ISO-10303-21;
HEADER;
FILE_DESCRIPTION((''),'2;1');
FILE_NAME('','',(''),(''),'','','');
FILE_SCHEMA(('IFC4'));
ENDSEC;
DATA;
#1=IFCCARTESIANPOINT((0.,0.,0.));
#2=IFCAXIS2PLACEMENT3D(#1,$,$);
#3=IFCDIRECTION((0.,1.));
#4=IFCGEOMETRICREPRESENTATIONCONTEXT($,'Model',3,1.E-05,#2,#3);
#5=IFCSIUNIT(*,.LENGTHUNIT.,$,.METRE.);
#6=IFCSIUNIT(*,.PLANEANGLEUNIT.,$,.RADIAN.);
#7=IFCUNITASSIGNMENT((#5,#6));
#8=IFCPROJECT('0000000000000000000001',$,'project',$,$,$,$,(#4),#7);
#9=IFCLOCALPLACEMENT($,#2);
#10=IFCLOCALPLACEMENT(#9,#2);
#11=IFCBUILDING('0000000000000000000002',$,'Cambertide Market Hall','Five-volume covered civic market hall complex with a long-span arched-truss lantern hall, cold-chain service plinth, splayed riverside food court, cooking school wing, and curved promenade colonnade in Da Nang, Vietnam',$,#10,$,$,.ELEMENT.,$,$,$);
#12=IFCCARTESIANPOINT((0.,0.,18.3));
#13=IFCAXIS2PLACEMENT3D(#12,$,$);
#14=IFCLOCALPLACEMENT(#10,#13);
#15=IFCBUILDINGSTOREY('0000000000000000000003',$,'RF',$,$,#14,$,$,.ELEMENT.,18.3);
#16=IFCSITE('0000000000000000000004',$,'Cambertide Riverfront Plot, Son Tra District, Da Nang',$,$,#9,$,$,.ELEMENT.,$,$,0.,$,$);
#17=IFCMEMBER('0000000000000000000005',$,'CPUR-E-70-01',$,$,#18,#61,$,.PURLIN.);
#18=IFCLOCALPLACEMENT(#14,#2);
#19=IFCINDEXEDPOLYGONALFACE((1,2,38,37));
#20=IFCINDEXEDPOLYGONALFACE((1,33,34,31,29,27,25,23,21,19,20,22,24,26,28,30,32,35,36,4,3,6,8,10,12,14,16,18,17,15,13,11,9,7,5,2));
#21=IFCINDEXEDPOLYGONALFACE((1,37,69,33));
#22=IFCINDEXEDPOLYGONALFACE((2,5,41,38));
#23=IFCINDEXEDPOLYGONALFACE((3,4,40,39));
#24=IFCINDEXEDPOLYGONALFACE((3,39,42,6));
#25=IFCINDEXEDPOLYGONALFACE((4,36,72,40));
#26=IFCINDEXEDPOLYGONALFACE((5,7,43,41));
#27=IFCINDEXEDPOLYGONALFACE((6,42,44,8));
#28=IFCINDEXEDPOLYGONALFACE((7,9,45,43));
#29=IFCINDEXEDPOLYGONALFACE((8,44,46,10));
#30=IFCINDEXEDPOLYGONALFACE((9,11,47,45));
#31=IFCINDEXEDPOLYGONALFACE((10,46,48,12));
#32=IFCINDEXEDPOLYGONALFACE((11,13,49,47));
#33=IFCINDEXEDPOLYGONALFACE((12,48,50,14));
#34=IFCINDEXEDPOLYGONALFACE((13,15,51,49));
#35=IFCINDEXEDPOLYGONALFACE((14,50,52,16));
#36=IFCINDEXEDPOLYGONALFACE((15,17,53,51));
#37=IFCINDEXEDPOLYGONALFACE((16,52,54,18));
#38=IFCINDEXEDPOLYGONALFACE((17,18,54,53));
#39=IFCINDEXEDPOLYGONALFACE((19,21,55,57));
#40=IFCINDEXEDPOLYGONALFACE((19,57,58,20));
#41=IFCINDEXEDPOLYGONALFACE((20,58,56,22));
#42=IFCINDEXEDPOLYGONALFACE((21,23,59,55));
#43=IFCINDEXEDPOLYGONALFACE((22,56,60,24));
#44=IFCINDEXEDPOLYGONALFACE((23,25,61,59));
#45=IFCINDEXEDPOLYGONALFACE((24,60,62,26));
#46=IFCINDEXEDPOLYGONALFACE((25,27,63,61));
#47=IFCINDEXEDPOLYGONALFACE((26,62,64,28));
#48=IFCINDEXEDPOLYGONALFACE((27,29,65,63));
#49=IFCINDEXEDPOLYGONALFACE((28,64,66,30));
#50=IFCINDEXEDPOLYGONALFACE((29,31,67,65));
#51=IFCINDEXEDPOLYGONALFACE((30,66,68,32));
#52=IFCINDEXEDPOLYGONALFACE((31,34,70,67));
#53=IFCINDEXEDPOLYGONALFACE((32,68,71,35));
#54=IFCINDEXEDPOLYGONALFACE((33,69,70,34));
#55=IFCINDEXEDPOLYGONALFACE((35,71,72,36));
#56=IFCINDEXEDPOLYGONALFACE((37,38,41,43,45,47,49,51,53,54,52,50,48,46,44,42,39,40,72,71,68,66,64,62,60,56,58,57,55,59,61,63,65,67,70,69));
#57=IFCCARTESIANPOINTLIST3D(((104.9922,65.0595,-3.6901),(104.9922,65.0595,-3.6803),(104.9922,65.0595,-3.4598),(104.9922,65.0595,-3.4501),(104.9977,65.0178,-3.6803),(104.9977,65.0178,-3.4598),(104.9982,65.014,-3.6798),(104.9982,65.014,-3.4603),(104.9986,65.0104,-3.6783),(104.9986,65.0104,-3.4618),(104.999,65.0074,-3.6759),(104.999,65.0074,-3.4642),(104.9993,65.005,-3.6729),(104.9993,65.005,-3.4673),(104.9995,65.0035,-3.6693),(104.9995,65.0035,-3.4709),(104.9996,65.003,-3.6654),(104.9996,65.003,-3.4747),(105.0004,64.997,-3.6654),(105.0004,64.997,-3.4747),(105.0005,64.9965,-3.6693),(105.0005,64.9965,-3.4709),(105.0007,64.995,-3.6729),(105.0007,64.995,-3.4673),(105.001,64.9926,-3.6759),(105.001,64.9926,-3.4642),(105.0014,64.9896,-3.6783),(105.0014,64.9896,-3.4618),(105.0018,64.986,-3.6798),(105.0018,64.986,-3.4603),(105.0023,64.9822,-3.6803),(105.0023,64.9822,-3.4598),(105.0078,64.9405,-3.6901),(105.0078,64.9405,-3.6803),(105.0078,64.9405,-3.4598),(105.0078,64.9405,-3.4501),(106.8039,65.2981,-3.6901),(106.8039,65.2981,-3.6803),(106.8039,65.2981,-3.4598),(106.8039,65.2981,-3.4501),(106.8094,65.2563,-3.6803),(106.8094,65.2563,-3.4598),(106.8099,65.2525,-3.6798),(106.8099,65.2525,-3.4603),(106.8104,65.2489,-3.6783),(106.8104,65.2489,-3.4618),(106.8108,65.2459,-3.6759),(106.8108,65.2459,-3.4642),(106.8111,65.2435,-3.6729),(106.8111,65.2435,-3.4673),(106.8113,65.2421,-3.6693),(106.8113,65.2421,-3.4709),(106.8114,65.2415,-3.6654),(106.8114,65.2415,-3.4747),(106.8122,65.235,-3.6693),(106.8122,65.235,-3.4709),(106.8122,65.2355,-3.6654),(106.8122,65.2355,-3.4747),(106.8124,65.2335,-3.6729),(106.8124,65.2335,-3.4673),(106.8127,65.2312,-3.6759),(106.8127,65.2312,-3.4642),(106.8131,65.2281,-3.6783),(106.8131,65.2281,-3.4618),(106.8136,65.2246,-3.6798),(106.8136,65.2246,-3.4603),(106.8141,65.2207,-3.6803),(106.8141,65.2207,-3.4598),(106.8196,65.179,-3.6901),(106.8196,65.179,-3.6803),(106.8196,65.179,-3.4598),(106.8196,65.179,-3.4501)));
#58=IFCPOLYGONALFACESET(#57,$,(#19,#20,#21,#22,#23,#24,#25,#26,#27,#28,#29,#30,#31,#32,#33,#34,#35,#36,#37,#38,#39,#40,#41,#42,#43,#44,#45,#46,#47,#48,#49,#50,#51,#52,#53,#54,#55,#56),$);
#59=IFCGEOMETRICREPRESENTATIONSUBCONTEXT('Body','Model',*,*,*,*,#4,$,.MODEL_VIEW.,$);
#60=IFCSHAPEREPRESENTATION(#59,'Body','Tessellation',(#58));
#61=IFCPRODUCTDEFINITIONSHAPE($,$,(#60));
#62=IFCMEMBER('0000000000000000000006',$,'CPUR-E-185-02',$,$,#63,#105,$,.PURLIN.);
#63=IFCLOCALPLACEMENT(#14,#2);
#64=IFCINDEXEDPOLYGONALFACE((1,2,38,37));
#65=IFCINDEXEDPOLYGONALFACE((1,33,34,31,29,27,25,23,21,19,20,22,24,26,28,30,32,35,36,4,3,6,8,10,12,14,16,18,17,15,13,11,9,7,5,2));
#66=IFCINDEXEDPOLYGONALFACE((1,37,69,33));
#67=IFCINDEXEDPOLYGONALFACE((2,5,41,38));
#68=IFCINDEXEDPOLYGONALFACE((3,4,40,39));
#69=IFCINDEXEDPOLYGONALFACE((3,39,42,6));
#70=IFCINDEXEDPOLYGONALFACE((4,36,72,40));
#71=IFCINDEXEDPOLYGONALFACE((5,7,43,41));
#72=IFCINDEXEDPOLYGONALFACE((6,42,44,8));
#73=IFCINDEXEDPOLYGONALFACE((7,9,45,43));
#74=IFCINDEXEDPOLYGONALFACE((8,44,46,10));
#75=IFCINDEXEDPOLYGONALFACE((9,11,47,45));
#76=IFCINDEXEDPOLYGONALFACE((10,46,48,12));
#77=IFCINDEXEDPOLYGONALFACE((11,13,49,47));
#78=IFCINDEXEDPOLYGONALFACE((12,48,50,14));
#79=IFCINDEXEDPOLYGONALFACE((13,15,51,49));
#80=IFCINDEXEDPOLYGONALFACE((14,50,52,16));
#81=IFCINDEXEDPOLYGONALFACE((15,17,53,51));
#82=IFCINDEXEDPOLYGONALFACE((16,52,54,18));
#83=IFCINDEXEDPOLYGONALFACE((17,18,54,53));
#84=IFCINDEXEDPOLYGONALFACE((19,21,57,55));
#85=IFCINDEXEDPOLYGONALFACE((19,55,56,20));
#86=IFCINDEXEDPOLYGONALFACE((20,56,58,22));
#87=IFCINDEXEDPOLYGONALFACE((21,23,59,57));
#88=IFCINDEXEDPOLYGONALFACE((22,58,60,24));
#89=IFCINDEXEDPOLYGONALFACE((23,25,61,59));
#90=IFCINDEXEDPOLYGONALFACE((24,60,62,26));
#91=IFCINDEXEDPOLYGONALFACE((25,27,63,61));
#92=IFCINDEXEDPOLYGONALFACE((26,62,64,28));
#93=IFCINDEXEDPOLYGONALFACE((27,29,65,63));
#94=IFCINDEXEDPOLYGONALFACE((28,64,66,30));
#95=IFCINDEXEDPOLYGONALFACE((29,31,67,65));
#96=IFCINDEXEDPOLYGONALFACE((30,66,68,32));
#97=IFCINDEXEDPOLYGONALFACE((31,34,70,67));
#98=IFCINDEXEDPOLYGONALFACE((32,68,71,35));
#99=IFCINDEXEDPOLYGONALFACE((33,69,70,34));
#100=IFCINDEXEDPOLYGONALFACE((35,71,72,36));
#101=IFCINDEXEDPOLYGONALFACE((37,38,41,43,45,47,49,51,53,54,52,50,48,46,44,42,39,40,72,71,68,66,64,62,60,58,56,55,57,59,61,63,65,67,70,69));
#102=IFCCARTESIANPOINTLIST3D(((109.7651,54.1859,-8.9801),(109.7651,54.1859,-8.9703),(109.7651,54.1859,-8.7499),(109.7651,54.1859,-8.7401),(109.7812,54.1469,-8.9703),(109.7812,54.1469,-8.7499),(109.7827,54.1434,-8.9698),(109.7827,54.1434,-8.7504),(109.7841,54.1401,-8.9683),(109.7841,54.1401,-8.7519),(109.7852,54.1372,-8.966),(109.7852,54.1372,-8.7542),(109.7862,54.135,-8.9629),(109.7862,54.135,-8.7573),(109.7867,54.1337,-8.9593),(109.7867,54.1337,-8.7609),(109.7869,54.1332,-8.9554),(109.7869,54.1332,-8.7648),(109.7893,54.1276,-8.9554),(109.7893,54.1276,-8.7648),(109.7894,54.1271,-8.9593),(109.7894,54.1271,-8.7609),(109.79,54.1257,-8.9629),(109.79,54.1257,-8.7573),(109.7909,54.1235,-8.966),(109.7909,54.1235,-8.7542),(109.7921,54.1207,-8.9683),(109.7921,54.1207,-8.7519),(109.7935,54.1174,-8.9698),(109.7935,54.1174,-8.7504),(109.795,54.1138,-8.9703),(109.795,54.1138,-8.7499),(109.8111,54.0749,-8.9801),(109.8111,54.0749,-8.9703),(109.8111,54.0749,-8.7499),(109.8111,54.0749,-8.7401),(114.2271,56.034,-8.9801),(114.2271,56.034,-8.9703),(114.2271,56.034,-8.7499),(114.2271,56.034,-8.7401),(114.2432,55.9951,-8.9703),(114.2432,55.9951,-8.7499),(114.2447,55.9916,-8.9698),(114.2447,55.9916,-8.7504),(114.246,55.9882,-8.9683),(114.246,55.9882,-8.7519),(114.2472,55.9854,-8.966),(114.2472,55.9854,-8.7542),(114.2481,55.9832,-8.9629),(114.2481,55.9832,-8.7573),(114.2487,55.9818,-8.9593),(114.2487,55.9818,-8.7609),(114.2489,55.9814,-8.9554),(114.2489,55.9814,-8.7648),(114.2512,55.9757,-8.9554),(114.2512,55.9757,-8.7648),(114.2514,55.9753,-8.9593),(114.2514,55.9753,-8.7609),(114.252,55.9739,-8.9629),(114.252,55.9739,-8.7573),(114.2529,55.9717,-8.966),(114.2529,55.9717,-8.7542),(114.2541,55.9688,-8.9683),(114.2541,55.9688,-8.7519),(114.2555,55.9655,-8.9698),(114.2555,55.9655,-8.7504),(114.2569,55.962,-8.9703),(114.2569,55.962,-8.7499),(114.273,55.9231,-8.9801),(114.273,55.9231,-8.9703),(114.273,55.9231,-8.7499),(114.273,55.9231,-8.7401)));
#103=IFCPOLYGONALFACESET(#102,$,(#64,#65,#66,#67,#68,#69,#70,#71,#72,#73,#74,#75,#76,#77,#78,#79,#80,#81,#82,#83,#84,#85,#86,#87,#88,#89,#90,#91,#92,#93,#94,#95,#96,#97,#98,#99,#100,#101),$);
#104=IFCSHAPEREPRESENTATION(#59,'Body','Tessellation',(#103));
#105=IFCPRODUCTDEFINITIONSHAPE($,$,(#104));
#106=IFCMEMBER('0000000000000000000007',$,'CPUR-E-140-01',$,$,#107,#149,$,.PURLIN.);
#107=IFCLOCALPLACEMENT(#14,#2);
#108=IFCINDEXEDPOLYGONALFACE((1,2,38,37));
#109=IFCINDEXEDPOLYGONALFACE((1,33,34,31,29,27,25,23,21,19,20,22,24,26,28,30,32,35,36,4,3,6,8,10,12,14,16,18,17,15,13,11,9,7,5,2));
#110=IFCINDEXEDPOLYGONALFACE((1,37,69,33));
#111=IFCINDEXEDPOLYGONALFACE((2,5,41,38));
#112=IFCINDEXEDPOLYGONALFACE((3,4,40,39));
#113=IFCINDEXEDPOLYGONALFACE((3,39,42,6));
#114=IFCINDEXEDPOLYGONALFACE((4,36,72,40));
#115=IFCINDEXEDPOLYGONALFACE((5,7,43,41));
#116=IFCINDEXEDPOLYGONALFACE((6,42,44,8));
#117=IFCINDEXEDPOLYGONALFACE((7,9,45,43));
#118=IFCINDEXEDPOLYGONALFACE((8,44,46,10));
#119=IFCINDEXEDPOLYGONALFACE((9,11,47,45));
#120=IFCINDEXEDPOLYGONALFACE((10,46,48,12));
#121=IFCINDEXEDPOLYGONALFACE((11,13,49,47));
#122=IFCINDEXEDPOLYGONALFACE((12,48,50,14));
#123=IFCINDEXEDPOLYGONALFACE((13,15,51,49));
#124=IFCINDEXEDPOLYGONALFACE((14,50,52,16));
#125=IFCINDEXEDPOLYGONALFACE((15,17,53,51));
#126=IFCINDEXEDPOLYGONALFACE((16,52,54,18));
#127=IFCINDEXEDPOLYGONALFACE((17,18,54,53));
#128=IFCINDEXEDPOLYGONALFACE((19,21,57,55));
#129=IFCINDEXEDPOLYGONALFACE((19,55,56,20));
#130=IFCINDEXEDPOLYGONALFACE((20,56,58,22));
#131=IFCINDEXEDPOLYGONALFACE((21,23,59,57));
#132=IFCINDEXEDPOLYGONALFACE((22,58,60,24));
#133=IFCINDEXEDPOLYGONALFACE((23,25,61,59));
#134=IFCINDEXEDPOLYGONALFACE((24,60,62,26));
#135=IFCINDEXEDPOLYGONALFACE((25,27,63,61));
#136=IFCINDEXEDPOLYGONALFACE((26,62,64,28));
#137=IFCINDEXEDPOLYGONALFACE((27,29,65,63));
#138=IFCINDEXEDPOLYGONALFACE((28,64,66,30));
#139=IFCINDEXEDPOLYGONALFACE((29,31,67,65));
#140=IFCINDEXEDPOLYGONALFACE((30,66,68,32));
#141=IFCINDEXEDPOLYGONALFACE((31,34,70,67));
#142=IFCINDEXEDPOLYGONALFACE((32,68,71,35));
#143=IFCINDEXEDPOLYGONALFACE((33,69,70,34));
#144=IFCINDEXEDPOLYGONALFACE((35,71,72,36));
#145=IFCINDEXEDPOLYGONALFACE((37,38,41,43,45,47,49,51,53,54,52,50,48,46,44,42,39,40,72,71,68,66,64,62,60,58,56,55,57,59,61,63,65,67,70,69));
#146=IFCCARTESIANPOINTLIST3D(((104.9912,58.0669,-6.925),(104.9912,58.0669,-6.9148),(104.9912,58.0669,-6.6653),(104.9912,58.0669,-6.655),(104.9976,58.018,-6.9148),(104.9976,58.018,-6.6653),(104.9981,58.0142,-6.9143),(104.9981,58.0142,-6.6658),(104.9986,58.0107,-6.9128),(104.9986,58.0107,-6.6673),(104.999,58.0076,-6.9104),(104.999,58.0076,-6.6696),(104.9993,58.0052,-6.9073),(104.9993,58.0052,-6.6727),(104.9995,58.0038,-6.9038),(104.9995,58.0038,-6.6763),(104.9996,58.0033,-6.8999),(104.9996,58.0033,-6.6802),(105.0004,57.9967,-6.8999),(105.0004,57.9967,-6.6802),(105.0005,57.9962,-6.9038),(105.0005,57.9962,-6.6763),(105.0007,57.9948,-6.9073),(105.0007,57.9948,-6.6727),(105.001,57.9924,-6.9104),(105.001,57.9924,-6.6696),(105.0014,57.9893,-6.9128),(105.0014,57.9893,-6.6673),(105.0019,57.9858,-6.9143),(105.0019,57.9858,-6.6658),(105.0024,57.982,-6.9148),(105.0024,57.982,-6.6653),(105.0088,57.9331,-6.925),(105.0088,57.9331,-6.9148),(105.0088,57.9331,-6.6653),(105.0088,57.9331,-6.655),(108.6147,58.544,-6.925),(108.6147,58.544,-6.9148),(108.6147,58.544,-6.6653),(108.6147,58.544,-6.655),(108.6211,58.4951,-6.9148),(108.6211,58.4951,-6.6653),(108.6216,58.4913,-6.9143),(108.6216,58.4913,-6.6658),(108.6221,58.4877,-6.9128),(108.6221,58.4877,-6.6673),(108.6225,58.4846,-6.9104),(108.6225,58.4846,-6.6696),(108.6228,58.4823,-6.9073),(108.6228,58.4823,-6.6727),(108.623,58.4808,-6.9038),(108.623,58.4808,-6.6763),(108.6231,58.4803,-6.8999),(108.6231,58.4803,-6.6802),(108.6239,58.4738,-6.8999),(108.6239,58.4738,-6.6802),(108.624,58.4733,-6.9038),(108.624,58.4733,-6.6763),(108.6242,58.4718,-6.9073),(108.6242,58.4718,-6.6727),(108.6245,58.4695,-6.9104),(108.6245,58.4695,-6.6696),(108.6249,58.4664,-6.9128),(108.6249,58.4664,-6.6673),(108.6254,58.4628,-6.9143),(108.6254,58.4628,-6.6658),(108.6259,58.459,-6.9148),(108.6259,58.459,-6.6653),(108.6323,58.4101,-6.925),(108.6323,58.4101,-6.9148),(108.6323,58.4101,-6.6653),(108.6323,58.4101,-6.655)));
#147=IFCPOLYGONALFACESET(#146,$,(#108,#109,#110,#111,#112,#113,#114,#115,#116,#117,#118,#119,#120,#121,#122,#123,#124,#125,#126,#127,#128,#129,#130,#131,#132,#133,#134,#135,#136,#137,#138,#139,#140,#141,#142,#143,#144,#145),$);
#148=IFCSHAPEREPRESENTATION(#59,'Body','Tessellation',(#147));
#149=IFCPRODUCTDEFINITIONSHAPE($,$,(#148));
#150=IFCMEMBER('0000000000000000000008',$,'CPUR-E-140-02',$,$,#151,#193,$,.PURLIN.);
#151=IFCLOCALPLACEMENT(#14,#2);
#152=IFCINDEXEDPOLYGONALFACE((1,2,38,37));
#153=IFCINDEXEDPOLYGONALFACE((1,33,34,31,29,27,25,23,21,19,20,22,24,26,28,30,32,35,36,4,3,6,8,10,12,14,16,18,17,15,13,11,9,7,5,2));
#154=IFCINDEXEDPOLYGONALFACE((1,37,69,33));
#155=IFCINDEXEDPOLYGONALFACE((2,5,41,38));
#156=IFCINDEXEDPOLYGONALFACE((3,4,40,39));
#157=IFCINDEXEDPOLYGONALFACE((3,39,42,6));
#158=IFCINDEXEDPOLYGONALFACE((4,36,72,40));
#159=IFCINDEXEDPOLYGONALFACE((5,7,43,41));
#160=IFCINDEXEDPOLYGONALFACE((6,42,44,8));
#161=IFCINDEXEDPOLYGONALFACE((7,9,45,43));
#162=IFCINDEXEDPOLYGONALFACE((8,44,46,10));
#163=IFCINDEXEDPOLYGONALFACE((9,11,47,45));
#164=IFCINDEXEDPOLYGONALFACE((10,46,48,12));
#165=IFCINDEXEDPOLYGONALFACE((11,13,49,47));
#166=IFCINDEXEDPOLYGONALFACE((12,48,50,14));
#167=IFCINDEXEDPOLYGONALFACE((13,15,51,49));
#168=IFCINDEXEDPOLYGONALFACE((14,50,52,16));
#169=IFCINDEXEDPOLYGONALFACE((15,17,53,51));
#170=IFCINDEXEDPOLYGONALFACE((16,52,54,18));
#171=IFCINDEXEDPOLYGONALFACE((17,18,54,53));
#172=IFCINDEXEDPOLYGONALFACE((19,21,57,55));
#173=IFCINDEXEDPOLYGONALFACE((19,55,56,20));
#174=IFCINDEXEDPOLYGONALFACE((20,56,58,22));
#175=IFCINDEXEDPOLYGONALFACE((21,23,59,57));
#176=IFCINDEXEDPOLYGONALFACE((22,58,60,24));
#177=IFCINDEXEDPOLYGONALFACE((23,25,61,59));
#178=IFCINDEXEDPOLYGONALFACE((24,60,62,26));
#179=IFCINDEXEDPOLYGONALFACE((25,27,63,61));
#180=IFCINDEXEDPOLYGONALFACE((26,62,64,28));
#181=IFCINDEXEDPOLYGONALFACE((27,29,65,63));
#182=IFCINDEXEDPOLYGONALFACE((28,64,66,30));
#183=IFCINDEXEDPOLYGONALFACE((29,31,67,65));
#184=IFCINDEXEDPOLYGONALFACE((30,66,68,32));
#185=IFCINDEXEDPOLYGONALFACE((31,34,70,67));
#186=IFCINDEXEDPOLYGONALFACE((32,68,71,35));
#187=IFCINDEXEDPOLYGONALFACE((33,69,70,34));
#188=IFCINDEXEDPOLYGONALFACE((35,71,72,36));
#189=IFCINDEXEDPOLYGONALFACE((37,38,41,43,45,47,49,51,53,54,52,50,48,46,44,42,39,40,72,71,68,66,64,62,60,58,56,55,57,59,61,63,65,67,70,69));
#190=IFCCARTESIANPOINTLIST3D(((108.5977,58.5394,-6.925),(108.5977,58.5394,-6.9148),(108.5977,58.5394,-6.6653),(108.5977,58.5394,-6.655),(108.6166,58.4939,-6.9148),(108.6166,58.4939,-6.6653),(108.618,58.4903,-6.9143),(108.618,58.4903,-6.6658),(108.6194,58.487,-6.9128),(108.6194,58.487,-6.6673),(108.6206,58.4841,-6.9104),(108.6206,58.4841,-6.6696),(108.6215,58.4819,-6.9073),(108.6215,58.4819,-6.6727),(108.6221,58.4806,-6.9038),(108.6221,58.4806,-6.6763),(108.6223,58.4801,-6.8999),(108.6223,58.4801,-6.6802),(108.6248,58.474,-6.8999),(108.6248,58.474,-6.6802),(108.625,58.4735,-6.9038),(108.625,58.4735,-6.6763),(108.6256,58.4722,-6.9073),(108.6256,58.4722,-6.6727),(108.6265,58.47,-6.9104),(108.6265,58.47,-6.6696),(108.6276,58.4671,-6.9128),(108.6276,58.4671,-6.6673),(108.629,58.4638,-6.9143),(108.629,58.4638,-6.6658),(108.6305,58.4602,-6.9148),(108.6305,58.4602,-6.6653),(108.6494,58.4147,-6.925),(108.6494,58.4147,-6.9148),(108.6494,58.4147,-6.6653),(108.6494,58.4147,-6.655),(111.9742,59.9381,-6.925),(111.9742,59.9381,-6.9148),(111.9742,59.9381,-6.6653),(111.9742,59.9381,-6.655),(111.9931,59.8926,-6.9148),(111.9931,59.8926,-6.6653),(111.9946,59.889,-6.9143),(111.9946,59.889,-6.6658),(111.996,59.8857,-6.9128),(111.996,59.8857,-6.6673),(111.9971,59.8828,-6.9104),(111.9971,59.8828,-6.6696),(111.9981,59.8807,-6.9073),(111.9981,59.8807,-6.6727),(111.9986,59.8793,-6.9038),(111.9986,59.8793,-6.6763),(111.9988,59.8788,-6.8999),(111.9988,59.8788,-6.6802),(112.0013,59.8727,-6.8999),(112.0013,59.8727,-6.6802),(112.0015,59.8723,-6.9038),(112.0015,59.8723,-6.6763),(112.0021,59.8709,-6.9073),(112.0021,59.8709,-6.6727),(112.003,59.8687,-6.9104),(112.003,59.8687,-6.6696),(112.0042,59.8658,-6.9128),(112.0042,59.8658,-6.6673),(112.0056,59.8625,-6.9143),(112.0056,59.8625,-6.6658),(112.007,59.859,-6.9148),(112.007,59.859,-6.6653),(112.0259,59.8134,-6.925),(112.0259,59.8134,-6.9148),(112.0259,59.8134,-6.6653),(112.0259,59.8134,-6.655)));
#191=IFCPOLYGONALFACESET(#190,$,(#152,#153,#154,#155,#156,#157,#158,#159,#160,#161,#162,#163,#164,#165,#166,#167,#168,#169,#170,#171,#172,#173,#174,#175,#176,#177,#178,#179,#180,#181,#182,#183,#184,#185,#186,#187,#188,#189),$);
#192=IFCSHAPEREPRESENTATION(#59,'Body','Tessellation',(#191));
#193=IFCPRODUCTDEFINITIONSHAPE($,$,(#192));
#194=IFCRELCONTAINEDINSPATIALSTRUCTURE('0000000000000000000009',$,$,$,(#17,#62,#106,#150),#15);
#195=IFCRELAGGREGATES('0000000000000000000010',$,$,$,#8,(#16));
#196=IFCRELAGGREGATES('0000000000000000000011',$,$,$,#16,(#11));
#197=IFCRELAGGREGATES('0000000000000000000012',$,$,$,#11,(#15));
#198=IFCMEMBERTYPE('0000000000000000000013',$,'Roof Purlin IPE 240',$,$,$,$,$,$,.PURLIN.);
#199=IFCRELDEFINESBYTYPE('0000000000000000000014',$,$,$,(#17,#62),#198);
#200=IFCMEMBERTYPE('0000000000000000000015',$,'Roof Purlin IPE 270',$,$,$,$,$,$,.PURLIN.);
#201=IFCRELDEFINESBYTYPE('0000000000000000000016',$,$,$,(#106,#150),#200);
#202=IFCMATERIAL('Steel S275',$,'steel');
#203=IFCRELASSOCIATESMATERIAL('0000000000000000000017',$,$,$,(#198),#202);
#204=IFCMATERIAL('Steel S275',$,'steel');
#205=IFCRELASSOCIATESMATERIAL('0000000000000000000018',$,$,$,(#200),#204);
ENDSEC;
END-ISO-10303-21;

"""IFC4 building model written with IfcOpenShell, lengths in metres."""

from ifc_helpers import new_model, si_unit, direction, frame, origin, origin_2d, place, context, subcontext, project, spatial, i_section, extrude, material, material_profile, profile_set, type_object, element, save


model = new_model("IFC4")

# Units and contexts
model_context = context("Model", 3, precision=1e-05, world=origin(), true_north=direction((0.0, 1.0)))
body_context = subcontext(model_context, "Body", "Model", "MODEL_VIEW")
ifc_project = project(units=[si_unit("LENGTHUNIT", "METRE"), si_unit("PLANEANGLEUNIT", "RADIAN")], contexts=[model_context])

# Site, building, storey
site_placement = place(None, origin())
site = spatial("IfcSite", under=ifc_project, at=site_placement, Name="Cambertide Riverfront Plot, Son Tra District, Da Nang", CompositionType="ELEMENT", RefElevation=0.0)
building_placement = place(site_placement, origin())
building = spatial("IfcBuilding", under=site, at=building_placement, Name="Cambertide Market Hall", Description="Five-volume covered civic market hall complex with a long-span arched-truss lantern hall, cold-chain service plinth, splayed riverside food court, cooking school wing, and curved promenade colonnade in Da Nang, Vietnam", CompositionType="ELEMENT")
storey_placement = place(building_placement, frame((0.0, 0.0, 18.3)))
storey = spatial("IfcBuildingStorey", under=building, at=storey_placement, Name="RF", CompositionType="ELEMENT", Elevation=18.3)

# Members
ifc_material_1 = material(Name="Steel S275", Category="steel")
ifc_material_profile_1 = material_profile(ifc_material_1, i_section(OverallWidth=0.1201, OverallDepth=0.24, WebThickness=0.0061, FlangeThickness=0.0098, FilletRadius=0.0149, at=origin_2d()), Name="IPE 240")
ifc_profile_set_1 = profile_set([ifc_material_profile_1], Name="Steel S275")
member_type_1 = type_object("IfcMemberType", Name="Roof Purlin IPE 240", PredefinedType="PURLIN", material=ifc_profile_set_1)
member_1_placement = place(storey_placement, frame((105.0, 65.0, -3.5701), z_axis=(0.991445, 0.130527, 0.0), x_axis=(-0.130527, 0.991445, 0.0)))
element("IfcMember", 1, at=member_1_placement, inside=storey, type_object=member_type_1, Name="CPUR-E-70-01", PredefinedType="PURLIN", context=body_context, shape_type="SweptSolid", body=[
    extrude(i_section(OverallWidth=0.1201, OverallDepth=0.24, WebThickness=0.0061, FlangeThickness=0.0098, FilletRadius=0.0149, at=origin_2d()), origin(), (0.0, 0.0, 1.0), 1.8274),
])
member_2_placement = place(storey_placement, frame((109.7881, 54.1304, -8.8601), z_axis=(0.923883, 0.382676, 0.0), x_axis=(-0.382676, 0.923883, 0.0)))
element("IfcMember", 2, at=member_2_placement, inside=storey, type_object=member_type_1, Name="CPUR-E-185-02", PredefinedType="PURLIN", context=body_context, shape_type="SweptSolid", body=[
    extrude(i_section(OverallWidth=0.1201, OverallDepth=0.24, WebThickness=0.0061, FlangeThickness=0.0098, FilletRadius=0.0149, at=origin_2d()), origin(), (0.0, 0.0, 1.0), 4.8296),
])
ifc_material_2 = material(Name="Steel S275", Category="steel")
ifc_material_profile_2 = material_profile(ifc_material_2, i_section(OverallWidth=0.135, OverallDepth=0.27, WebThickness=0.0066, FlangeThickness=0.0103, FilletRadius=0.0149, at=origin_2d()), Name="IPE 270")
ifc_profile_set_2 = profile_set([ifc_material_profile_2], Name="Steel S275")
member_type_2 = type_object("IfcMemberType", Name="Roof Purlin IPE 270", PredefinedType="PURLIN", material=ifc_profile_set_2)
for number, where, z_axis, x_axis, name in (
    (3, (105.0, 58.0, -6.79), (0.991445, 0.130527, 0.0), (-0.130527, 0.991445, 0.0), "CPUR-E-140-01"),
    (4, (108.6235, 58.4771, -6.79), (0.923869, 0.382708, 0.0), (-0.382708, 0.923869, 0.0), "CPUR-E-140-02"),
):
    element("IfcMember", number, at=place(storey_placement, frame(where, z_axis=z_axis, x_axis=x_axis)), inside=storey, type_object=member_type_2, Name=name, PredefinedType="PURLIN", context=body_context, shape_type="SweptSolid", body=[
        extrude(i_section(OverallWidth=0.135, OverallDepth=0.27, WebThickness=0.0066, FlangeThickness=0.0103, FilletRadius=0.0149, at=origin_2d()), origin(), (0.0, 0.0, 1.0), 3.6548),
    ])

save(model, "model.ifc")
